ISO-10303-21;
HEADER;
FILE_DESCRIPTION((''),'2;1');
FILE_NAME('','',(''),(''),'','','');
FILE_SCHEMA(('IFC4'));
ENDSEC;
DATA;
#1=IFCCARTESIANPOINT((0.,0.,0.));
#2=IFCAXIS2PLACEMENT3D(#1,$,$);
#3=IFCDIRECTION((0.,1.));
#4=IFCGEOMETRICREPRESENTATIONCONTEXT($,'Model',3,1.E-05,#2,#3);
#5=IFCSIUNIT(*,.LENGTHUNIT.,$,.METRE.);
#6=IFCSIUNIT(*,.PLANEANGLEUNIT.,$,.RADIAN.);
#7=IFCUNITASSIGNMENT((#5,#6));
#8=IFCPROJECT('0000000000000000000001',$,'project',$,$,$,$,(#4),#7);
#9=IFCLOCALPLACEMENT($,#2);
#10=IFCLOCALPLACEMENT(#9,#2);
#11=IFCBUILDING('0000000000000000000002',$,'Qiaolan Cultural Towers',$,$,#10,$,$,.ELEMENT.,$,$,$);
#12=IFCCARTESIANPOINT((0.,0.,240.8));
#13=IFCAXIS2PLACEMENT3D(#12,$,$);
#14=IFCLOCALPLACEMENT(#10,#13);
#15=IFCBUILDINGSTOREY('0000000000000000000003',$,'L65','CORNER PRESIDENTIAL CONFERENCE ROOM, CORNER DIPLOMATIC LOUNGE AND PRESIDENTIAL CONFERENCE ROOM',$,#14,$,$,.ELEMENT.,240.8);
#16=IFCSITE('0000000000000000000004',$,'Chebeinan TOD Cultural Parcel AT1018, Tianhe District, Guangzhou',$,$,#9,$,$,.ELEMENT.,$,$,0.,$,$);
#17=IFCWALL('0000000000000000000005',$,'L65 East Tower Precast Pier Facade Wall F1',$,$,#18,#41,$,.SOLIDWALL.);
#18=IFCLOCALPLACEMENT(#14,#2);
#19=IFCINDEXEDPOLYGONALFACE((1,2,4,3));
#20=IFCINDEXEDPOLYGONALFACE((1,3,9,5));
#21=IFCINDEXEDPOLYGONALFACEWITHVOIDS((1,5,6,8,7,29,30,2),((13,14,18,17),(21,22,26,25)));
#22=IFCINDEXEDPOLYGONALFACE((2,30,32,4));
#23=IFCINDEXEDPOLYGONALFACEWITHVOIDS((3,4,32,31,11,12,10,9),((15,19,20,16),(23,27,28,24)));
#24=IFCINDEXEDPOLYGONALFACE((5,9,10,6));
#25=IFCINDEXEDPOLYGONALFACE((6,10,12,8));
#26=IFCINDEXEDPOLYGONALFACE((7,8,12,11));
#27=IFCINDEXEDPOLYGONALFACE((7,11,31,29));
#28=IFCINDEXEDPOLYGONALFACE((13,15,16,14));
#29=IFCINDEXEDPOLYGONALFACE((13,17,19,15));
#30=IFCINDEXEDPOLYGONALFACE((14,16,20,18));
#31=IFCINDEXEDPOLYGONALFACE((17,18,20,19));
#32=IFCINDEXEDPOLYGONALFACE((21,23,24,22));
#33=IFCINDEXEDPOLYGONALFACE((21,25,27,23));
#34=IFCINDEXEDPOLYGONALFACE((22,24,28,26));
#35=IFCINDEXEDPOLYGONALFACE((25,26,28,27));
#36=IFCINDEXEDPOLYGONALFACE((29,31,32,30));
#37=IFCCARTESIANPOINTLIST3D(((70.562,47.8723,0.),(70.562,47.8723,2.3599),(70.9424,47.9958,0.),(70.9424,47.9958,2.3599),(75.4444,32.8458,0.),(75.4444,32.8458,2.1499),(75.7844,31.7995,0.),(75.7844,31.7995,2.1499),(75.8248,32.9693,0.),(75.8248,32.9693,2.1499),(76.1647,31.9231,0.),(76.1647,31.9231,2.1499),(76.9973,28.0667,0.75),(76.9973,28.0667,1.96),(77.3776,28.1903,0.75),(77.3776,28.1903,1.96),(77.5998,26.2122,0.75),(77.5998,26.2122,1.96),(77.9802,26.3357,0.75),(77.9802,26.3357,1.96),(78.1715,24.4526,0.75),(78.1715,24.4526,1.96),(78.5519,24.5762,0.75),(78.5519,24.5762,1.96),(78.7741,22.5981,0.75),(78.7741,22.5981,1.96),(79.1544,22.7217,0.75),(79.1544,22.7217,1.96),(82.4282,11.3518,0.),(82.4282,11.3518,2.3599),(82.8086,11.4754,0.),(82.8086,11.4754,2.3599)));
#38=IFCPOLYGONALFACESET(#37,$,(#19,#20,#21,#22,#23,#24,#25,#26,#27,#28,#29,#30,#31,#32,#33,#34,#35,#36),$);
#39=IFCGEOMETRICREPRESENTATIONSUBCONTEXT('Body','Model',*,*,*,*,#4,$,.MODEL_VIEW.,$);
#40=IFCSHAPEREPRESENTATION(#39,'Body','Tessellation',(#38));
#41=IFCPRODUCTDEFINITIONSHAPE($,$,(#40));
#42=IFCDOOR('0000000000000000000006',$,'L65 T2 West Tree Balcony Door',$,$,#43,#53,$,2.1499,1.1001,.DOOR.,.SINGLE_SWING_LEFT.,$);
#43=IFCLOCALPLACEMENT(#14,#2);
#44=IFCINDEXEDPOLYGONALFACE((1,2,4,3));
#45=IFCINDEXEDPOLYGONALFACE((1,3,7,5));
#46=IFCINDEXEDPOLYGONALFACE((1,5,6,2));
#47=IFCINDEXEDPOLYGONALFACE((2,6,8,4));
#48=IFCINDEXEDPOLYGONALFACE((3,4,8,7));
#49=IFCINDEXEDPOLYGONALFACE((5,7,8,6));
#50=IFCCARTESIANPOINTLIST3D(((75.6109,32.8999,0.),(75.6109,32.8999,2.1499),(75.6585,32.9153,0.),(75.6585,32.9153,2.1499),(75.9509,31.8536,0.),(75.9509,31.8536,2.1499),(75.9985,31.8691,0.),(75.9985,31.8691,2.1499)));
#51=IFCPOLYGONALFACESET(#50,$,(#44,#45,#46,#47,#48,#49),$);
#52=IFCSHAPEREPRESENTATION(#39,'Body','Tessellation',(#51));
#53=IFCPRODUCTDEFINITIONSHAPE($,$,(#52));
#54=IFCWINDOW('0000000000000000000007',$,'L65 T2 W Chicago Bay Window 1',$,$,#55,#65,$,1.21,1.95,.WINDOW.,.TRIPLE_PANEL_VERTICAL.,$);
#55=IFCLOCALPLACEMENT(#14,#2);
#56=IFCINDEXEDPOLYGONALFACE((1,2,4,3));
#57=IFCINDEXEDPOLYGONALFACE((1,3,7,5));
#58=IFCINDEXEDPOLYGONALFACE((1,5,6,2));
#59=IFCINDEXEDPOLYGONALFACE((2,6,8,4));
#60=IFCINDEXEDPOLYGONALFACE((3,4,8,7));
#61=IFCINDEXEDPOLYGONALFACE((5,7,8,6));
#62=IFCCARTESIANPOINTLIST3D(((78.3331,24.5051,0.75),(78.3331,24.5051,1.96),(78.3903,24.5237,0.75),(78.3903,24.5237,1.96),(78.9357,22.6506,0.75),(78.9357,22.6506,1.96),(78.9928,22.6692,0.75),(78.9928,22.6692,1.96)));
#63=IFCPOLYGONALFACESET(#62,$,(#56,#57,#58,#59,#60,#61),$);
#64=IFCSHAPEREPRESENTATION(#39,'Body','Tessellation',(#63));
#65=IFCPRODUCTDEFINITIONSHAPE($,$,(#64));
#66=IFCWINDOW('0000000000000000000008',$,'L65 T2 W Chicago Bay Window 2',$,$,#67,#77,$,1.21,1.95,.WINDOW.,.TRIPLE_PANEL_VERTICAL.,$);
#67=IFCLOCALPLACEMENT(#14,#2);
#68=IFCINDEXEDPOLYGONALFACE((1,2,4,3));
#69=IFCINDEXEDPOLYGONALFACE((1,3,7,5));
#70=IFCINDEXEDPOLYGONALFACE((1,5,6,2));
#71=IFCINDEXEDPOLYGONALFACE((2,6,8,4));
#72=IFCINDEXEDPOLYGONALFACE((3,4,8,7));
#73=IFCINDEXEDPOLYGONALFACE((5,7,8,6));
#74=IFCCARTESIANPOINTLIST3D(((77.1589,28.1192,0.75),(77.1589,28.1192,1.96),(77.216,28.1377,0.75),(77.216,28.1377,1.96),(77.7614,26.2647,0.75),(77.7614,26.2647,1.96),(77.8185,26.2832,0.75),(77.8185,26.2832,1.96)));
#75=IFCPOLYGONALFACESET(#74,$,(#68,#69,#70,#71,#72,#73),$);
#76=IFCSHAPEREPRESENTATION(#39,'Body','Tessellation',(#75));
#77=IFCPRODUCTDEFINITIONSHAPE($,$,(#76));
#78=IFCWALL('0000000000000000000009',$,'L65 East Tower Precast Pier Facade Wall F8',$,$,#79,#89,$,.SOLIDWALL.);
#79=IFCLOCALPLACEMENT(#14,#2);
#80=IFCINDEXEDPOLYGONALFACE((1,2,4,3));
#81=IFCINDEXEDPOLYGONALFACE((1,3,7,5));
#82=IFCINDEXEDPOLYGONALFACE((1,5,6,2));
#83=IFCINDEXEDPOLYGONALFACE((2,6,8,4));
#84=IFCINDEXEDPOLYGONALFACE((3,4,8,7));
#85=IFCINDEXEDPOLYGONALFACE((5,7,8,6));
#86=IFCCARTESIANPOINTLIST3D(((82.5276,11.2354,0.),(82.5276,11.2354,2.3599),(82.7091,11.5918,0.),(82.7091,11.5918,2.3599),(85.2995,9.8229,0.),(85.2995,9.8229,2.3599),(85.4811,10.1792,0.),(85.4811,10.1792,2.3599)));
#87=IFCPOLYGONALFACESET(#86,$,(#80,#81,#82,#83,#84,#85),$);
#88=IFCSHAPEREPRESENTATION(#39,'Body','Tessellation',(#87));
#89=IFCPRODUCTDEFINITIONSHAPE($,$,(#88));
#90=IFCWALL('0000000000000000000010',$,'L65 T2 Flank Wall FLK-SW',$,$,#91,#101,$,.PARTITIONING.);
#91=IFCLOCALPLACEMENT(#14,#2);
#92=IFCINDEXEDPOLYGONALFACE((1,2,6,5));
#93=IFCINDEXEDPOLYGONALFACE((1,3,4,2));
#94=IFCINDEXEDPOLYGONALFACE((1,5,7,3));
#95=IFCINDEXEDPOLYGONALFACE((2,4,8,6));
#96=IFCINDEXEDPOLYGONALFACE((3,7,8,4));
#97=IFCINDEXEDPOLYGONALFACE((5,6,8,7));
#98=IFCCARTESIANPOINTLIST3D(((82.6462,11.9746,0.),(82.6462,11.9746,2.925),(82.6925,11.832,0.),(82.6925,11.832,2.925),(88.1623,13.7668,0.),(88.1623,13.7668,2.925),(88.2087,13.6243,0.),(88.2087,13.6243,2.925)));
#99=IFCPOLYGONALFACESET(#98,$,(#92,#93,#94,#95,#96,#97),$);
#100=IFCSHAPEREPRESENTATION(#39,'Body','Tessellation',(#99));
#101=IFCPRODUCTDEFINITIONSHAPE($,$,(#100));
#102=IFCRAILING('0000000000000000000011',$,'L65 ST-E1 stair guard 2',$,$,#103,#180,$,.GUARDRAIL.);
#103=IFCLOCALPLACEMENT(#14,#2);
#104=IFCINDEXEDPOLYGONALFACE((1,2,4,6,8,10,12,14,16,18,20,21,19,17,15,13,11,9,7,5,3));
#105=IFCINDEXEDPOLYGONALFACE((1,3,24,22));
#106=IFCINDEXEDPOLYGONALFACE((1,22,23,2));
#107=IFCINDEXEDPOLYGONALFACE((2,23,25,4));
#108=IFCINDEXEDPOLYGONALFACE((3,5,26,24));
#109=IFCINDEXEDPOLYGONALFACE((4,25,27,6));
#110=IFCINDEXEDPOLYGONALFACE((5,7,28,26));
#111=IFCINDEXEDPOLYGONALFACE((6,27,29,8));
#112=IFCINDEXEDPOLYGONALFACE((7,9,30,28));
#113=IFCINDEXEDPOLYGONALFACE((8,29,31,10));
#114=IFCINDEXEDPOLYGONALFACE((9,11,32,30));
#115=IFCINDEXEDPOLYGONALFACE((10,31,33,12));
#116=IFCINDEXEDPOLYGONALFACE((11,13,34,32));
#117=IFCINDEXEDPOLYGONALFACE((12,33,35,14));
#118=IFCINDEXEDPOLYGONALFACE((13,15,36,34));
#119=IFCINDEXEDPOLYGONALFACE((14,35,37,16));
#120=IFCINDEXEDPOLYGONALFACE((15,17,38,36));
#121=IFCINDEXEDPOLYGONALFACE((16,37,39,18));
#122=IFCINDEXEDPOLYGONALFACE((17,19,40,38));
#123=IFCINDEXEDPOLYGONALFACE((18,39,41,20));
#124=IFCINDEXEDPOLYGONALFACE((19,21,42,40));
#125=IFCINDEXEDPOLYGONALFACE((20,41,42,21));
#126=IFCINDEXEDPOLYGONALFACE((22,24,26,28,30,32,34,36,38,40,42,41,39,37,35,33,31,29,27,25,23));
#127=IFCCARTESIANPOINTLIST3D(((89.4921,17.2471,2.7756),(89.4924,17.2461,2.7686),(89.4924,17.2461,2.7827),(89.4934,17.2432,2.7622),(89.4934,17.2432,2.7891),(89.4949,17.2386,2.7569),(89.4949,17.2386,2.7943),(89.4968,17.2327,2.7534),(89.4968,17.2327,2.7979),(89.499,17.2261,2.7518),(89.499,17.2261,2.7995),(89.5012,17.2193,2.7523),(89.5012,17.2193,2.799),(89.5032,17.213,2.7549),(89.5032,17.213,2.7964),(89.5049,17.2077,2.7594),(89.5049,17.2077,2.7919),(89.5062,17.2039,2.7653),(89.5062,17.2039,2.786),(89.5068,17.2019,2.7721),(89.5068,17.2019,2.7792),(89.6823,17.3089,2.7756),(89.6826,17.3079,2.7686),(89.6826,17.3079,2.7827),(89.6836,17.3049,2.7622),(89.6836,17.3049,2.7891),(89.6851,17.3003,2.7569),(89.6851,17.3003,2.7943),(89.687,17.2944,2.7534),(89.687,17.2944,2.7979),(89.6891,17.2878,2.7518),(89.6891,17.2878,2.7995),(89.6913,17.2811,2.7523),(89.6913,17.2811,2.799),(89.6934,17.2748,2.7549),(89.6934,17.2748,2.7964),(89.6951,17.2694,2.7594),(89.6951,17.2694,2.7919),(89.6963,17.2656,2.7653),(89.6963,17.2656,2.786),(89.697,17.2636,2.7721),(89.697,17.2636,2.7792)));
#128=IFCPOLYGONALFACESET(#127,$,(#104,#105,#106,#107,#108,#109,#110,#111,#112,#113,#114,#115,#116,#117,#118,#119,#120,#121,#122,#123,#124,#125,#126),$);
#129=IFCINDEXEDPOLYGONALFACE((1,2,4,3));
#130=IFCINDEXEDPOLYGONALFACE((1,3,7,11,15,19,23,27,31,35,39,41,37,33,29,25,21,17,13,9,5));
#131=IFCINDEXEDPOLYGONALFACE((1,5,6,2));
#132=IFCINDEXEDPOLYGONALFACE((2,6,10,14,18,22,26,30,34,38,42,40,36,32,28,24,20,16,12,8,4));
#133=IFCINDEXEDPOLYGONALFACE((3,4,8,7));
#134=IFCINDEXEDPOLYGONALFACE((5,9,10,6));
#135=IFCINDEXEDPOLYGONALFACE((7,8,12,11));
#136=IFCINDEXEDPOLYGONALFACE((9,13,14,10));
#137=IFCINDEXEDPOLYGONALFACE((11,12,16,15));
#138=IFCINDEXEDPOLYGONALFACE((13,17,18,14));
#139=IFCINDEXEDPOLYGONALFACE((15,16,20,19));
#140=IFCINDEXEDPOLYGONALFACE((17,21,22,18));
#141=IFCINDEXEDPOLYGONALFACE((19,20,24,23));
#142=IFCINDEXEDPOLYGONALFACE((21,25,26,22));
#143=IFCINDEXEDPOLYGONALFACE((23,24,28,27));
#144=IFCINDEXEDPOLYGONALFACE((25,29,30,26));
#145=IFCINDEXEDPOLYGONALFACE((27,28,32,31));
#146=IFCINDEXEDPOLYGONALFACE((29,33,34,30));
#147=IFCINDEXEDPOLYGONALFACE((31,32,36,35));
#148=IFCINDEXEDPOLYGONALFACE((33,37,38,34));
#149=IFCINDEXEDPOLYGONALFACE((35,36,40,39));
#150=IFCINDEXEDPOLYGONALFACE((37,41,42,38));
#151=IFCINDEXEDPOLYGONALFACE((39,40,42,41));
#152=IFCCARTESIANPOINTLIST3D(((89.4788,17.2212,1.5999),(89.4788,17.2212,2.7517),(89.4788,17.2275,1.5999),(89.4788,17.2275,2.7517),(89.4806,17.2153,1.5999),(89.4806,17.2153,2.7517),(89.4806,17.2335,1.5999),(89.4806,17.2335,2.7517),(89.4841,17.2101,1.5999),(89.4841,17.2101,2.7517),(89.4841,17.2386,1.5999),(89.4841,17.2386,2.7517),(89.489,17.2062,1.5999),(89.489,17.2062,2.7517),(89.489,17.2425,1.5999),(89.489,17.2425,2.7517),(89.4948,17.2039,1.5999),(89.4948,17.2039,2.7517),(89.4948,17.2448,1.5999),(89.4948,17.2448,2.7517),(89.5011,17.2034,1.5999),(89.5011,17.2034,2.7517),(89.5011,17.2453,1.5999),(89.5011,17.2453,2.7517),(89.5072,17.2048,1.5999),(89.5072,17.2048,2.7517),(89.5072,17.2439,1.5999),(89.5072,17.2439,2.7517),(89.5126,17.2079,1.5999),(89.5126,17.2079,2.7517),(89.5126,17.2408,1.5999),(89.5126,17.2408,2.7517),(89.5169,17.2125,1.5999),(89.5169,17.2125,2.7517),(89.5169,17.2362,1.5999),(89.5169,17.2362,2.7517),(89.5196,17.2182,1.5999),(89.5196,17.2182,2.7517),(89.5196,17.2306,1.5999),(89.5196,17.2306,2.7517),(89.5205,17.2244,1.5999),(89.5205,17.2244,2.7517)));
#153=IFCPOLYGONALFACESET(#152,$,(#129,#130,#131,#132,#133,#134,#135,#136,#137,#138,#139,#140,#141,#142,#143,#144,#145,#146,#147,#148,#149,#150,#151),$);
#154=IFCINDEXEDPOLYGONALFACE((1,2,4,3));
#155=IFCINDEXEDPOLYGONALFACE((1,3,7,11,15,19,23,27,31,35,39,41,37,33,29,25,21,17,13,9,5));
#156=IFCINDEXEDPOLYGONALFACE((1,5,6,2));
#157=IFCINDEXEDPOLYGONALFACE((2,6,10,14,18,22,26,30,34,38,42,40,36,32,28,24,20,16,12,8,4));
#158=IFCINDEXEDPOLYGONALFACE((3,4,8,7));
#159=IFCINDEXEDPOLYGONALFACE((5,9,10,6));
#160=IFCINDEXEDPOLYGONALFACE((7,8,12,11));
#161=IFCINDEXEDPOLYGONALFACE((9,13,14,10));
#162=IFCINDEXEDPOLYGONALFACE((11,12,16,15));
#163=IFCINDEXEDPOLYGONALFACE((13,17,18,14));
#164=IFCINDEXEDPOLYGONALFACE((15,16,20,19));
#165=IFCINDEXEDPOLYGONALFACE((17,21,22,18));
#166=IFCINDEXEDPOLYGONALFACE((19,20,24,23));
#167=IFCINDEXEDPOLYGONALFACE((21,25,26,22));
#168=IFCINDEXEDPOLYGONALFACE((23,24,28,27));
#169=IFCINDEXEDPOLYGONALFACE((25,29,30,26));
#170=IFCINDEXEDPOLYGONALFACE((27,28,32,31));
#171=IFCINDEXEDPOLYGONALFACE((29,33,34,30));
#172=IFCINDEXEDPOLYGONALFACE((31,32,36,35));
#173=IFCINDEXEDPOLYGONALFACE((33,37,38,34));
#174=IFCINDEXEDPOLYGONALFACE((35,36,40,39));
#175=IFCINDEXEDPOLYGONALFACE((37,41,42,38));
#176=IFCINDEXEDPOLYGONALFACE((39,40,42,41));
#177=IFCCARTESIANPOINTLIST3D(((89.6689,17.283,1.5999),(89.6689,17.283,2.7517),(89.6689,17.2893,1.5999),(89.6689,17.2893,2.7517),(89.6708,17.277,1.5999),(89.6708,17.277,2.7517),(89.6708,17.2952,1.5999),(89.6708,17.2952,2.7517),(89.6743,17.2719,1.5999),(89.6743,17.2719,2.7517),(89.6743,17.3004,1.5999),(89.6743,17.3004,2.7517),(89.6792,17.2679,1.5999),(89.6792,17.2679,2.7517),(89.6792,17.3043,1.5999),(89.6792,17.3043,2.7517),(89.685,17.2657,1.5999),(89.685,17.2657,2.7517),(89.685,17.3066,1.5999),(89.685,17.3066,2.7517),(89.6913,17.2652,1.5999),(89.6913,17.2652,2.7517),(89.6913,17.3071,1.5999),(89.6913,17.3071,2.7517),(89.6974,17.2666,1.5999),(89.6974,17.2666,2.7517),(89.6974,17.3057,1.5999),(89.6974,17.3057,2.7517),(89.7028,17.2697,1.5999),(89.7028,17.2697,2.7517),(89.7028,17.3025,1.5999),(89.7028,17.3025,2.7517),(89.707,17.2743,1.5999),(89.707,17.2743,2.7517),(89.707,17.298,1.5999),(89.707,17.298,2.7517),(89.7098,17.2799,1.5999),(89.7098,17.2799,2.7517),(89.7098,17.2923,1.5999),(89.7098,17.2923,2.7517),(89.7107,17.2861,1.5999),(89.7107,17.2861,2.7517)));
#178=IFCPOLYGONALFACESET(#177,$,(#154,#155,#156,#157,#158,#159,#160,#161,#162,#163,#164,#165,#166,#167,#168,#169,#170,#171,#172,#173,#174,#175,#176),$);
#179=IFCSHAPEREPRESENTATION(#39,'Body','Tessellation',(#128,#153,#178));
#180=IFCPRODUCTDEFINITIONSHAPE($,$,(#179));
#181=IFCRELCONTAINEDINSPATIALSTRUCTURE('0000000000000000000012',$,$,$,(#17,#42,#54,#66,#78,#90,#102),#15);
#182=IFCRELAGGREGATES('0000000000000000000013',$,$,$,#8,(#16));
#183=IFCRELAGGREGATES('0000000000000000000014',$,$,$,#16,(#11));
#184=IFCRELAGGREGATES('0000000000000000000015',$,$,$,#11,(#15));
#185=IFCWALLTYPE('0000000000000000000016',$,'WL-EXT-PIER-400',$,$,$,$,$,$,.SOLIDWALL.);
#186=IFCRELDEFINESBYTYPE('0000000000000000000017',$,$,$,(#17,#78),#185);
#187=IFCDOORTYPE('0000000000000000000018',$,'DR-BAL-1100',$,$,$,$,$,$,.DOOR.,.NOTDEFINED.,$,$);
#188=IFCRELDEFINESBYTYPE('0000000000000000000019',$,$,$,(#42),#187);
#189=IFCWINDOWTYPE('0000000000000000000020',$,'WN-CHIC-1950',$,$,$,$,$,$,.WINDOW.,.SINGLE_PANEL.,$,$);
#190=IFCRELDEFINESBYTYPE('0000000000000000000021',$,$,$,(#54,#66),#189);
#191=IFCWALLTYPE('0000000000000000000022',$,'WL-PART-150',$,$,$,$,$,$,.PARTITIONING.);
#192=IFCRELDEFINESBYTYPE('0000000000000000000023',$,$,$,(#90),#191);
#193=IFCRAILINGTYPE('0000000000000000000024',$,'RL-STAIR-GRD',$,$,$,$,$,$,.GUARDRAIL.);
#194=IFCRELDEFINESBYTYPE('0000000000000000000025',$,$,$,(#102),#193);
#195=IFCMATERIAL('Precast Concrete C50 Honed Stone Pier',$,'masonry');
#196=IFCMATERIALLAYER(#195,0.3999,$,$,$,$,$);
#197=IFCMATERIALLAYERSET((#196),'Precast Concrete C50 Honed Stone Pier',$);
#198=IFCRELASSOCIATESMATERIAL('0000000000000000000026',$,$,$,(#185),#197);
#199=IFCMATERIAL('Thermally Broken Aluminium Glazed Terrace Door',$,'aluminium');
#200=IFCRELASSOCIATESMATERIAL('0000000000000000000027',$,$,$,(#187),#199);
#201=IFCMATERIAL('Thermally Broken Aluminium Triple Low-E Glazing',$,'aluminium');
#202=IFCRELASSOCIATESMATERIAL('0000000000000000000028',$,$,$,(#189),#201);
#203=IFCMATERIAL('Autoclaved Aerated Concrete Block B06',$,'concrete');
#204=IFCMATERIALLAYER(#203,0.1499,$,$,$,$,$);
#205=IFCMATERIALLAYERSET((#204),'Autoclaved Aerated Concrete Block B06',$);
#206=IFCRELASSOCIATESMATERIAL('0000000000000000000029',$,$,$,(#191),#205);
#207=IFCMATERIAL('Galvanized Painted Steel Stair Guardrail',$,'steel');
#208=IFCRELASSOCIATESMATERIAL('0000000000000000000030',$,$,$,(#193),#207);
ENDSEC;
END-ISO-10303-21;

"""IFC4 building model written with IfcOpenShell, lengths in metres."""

from ifc_helpers import new_model, si_unit, direction, frame, frame_2d, origin, origin_2d, place, context, subcontext, project, spatial, rectangle, circle, extrude, material, layer, layer_set, type_object, element, fill, save


model = new_model("IFC4")

# Units and contexts
model_context = context("Model", 3, precision=1e-05, world=origin(), true_north=direction((0.0, 1.0)))
body_context = subcontext(model_context, "Body", "Model", "MODEL_VIEW")
ifc_project = project(units=[si_unit("LENGTHUNIT", "METRE"), si_unit("PLANEANGLEUNIT", "RADIAN")], contexts=[model_context])

# Site, building, storey
site_placement = place(None, origin())
site = spatial("IfcSite", under=ifc_project, at=site_placement, Name="Chebeinan TOD Cultural Parcel AT1018, Tianhe District, Guangzhou", CompositionType="ELEMENT", RefElevation=0.0)
building_placement = place(site_placement, origin())
building = spatial("IfcBuilding", under=site, at=building_placement, Name="Qiaolan Cultural Towers", CompositionType="ELEMENT")
storey_placement = place(building_placement, frame((0.0, 0.0, 240.8)))
storey = spatial("IfcBuildingStorey", under=building, at=storey_placement, Name="L65", Description="CORNER PRESIDENTIAL CONFERENCE ROOM, CORNER DIPLOMATIC LOUNGE AND PRESIDENTIAL CONFERENCE ROOM", CompositionType="ELEMENT", Elevation=240.8)

# Wall, openings, door, windows
ifc_material_1 = material(Name="Precast Concrete C50 Honed Stone Pier", Category="masonry")
ifc_layer_1 = layer(ifc_material_1, 0.3999)
ifc_layer_set_1 = layer_set([ifc_layer_1], Name="Precast Concrete C50 Honed Stone Pier")
wall_type_1 = type_object("IfcWallType", Name="WL-EXT-PIER-400", PredefinedType="SOLIDWALL", material=ifc_layer_set_1)
wall_1_placement = place(storey_placement, frame((82.6184, 11.4136, 0.0), z_axis=(0.0, 0.0, 1.0), x_axis=(-0.309016, 0.951057, 0.0)))
wall_1 = element("IfcWall", 1, at=wall_1_placement, inside=storey, type_object=wall_type_1, Name="L65 East Tower Precast Pier Facade Wall F1", PredefinedType="SOLIDWALL", context=body_context, shape_type="SweptSolid", body=[
    extrude(rectangle(XDim=38.3999, YDim=0.3999, at=frame_2d((19.2, 0.0))), origin(), (0.0, 0.0, 1.0), 2.3599),
])
opening_1_placement = place(wall_1_placement, frame((11.825, 0.0, 0.75)))
opening_1 = element("IfcOpeningElement", 2, at=opening_1_placement, cuts=wall_1, PredefinedType="OPENING", context=body_context, shape_type="SweptSolid", body=[
    extrude(rectangle(XDim=1.95, YDim=1.21, at=frame_2d((0.9751, 0.605))), frame((0.0, 0.21, 0.0), z_axis=(0.0, -1.0, 0.0), x_axis=(1.0, 0.0, 0.0)), (0.0, 0.0, 1.0), 0.4199),
])
opening_2_placement = place(wall_1_placement, frame((15.625, 0.0, 0.75)))
opening_2 = element("IfcOpeningElement", 3, at=opening_2_placement, cuts=wall_1, PredefinedType="OPENING", context=body_context, shape_type="SweptSolid", body=[
    extrude(rectangle(XDim=1.95, YDim=1.21, at=frame_2d((0.9751, 0.605))), frame((0.0, 0.21, 0.0), z_axis=(0.0, -1.0, 0.0), x_axis=(1.0, 0.0, 0.0)), (0.0, 0.0, 1.0), 0.4199),
])
opening_3_placement = place(wall_1_placement, frame((21.5, 0.0, 0.0)))
opening_3 = element("IfcOpeningElement", 4, at=opening_3_placement, cuts=wall_1, PredefinedType="OPENING", context=body_context, shape_type="SweptSolid", body=[
    extrude(rectangle(XDim=1.1001, YDim=2.1499, at=frame_2d((0.55, 1.075))), frame((0.0, 0.21, 0.0), z_axis=(0.0, -1.0, 0.0), x_axis=(1.0, 0.0, 0.0)), (0.0, 0.0, 1.0), 0.4199),
])
ifc_material_2 = material(Name="Thermally Broken Aluminium Glazed Terrace Door", Category="aluminium")
door_type = type_object("IfcDoorType", Name="DR-BAL-1100", OperationType="NOTDEFINED", PredefinedType="DOOR", material=ifc_material_2)
door_placement = place(opening_3_placement, origin())
door = element("IfcDoor", 5, at=door_placement, inside=storey, type_object=door_type, Name="L65 T2 West Tree Balcony Door", OperationType="SINGLE_SWING_LEFT", OverallHeight=2.1499, OverallWidth=1.1001, PredefinedType="DOOR", context=body_context, shape_type="SweptSolid", body=[
    extrude(rectangle(XDim=1.1001, YDim=2.1499, at=frame_2d((0.55, 1.075))), frame((0.0, 0.0249, 0.0), z_axis=(0.0, -1.0, 0.0), x_axis=(1.0, 0.0, 0.0)), (0.0, 0.0, 1.0), 0.05),
])
fill(opening_3, door)
ifc_material_3 = material(Name="Thermally Broken Aluminium Triple Low-E Glazing", Category="aluminium")
window_type = type_object("IfcWindowType", Name="WN-CHIC-1950", PartitioningType="SINGLE_PANEL", PredefinedType="WINDOW", material=ifc_material_3)
window_1_placement = place(opening_1_placement, origin())
window_1 = element("IfcWindow", 6, at=window_1_placement, inside=storey, type_object=window_type, Name="L65 T2 W Chicago Bay Window 1", OverallHeight=1.21, OverallWidth=1.95, PartitioningType="TRIPLE_PANEL_VERTICAL", PredefinedType="WINDOW", context=body_context, shape_type="SweptSolid", body=[
    extrude(rectangle(XDim=1.95, YDim=1.21, at=frame_2d((0.9751, 0.605))), frame((0.0, 0.03, 0.0), z_axis=(0.0, -1.0, 0.0), x_axis=(1.0, 0.0, 0.0)), (0.0, 0.0, 1.0), 0.0601),
])
fill(opening_1, window_1)
window_2_placement = place(opening_2_placement, origin())
window_2 = element("IfcWindow", 7, at=window_2_placement, inside=storey, type_object=window_type, Name="L65 T2 W Chicago Bay Window 2", OverallHeight=1.21, OverallWidth=1.95, PartitioningType="TRIPLE_PANEL_VERTICAL", PredefinedType="WINDOW", context=body_context, shape_type="SweptSolid", body=[
    extrude(rectangle(XDim=1.95, YDim=1.21, at=frame_2d((0.9751, 0.605))), frame((0.0, 0.03, 0.0), z_axis=(0.0, -1.0, 0.0), x_axis=(1.0, 0.0, 0.0)), (0.0, 0.0, 1.0), 0.0601),
])
fill(opening_2, window_2)

# Walls
wall_2_placement = place(storey_placement, frame((85.3904, 10.001, 0.0), z_axis=(0.0, 0.0, 1.0), x_axis=(-0.89098, 0.454043, 0.0)))
element("IfcWall", 8, at=wall_2_placement, inside=storey, type_object=wall_type_1, Name="L65 East Tower Precast Pier Facade Wall F8", PredefinedType="SOLIDWALL", context=body_context, shape_type="SweptSolid", body=[
    extrude(rectangle(XDim=3.1111, YDim=0.3999, at=frame_2d((1.5557, 0.0))), origin(), (0.0, 0.0, 1.0), 2.3599),
])
ifc_material_4 = material(Name="Autoclaved Aerated Concrete Block B06", Category="concrete")
ifc_layer_2 = layer(ifc_material_4, 0.1499)
ifc_layer_set_2 = layer_set([ifc_layer_2], Name="Autoclaved Aerated Concrete Block B06")
wall_type_2 = type_object("IfcWallType", Name="WL-PART-150", PredefinedType="PARTITIONING", material=ifc_layer_set_2)
wall_3_placement = place(storey_placement, frame((82.6694, 11.9033, 0.0), z_axis=(0.0, 0.0, 1.0), x_axis=(0.951059, 0.309008, 0.0)))
element("IfcWall", 9, at=wall_3_placement, inside=storey, type_object=wall_type_2, Name="L65 T2 Flank Wall FLK-SW", PredefinedType="PARTITIONING", context=body_context, shape_type="SweptSolid", body=[
    extrude(rectangle(XDim=5.8, YDim=0.1499, at=frame_2d((2.8999, 0.0))), origin(), (0.0, 0.0, 1.0), 2.925),
])

# Railing
ifc_material_5 = material(Name="Galvanized Painted Steel Stair Guardrail", Category="steel")
railing_type = type_object("IfcRailingType", Name="RL-STAIR-GRD", PredefinedType="GUARDRAIL", material=ifc_material_5)
railing_1_placement = place(storey_placement, frame((89.4995, 17.2244, 1.5999)))
element("IfcRailing", 10, at=railing_1_placement, inside=storey, type_object=railing_type, Name="L65 ST-E1 stair guard 2", PredefinedType="GUARDRAIL", context=body_context, shape_type="SweptSolid", body=[
    extrude(circle(Radius=0.0239, at=origin_2d()), frame((0.0, 0.0, 1.1758), z_axis=(0.951097, 0.308893, 0.0), x_axis=(-0.308893, 0.951097, 0.0)), (0.0, 0.0, 1.0), 0.2),
    extrude(circle(Radius=0.021, at=origin_2d()), origin(), (0.0, 0.0, 1.0), 1.1519),
    extrude(circle(Radius=0.021, at=origin_2d()), frame((0.1902, 0.0618, 0.0)), (0.0, 0.0, 1.0), 1.1519),
])

save(model, "model.ifc")
